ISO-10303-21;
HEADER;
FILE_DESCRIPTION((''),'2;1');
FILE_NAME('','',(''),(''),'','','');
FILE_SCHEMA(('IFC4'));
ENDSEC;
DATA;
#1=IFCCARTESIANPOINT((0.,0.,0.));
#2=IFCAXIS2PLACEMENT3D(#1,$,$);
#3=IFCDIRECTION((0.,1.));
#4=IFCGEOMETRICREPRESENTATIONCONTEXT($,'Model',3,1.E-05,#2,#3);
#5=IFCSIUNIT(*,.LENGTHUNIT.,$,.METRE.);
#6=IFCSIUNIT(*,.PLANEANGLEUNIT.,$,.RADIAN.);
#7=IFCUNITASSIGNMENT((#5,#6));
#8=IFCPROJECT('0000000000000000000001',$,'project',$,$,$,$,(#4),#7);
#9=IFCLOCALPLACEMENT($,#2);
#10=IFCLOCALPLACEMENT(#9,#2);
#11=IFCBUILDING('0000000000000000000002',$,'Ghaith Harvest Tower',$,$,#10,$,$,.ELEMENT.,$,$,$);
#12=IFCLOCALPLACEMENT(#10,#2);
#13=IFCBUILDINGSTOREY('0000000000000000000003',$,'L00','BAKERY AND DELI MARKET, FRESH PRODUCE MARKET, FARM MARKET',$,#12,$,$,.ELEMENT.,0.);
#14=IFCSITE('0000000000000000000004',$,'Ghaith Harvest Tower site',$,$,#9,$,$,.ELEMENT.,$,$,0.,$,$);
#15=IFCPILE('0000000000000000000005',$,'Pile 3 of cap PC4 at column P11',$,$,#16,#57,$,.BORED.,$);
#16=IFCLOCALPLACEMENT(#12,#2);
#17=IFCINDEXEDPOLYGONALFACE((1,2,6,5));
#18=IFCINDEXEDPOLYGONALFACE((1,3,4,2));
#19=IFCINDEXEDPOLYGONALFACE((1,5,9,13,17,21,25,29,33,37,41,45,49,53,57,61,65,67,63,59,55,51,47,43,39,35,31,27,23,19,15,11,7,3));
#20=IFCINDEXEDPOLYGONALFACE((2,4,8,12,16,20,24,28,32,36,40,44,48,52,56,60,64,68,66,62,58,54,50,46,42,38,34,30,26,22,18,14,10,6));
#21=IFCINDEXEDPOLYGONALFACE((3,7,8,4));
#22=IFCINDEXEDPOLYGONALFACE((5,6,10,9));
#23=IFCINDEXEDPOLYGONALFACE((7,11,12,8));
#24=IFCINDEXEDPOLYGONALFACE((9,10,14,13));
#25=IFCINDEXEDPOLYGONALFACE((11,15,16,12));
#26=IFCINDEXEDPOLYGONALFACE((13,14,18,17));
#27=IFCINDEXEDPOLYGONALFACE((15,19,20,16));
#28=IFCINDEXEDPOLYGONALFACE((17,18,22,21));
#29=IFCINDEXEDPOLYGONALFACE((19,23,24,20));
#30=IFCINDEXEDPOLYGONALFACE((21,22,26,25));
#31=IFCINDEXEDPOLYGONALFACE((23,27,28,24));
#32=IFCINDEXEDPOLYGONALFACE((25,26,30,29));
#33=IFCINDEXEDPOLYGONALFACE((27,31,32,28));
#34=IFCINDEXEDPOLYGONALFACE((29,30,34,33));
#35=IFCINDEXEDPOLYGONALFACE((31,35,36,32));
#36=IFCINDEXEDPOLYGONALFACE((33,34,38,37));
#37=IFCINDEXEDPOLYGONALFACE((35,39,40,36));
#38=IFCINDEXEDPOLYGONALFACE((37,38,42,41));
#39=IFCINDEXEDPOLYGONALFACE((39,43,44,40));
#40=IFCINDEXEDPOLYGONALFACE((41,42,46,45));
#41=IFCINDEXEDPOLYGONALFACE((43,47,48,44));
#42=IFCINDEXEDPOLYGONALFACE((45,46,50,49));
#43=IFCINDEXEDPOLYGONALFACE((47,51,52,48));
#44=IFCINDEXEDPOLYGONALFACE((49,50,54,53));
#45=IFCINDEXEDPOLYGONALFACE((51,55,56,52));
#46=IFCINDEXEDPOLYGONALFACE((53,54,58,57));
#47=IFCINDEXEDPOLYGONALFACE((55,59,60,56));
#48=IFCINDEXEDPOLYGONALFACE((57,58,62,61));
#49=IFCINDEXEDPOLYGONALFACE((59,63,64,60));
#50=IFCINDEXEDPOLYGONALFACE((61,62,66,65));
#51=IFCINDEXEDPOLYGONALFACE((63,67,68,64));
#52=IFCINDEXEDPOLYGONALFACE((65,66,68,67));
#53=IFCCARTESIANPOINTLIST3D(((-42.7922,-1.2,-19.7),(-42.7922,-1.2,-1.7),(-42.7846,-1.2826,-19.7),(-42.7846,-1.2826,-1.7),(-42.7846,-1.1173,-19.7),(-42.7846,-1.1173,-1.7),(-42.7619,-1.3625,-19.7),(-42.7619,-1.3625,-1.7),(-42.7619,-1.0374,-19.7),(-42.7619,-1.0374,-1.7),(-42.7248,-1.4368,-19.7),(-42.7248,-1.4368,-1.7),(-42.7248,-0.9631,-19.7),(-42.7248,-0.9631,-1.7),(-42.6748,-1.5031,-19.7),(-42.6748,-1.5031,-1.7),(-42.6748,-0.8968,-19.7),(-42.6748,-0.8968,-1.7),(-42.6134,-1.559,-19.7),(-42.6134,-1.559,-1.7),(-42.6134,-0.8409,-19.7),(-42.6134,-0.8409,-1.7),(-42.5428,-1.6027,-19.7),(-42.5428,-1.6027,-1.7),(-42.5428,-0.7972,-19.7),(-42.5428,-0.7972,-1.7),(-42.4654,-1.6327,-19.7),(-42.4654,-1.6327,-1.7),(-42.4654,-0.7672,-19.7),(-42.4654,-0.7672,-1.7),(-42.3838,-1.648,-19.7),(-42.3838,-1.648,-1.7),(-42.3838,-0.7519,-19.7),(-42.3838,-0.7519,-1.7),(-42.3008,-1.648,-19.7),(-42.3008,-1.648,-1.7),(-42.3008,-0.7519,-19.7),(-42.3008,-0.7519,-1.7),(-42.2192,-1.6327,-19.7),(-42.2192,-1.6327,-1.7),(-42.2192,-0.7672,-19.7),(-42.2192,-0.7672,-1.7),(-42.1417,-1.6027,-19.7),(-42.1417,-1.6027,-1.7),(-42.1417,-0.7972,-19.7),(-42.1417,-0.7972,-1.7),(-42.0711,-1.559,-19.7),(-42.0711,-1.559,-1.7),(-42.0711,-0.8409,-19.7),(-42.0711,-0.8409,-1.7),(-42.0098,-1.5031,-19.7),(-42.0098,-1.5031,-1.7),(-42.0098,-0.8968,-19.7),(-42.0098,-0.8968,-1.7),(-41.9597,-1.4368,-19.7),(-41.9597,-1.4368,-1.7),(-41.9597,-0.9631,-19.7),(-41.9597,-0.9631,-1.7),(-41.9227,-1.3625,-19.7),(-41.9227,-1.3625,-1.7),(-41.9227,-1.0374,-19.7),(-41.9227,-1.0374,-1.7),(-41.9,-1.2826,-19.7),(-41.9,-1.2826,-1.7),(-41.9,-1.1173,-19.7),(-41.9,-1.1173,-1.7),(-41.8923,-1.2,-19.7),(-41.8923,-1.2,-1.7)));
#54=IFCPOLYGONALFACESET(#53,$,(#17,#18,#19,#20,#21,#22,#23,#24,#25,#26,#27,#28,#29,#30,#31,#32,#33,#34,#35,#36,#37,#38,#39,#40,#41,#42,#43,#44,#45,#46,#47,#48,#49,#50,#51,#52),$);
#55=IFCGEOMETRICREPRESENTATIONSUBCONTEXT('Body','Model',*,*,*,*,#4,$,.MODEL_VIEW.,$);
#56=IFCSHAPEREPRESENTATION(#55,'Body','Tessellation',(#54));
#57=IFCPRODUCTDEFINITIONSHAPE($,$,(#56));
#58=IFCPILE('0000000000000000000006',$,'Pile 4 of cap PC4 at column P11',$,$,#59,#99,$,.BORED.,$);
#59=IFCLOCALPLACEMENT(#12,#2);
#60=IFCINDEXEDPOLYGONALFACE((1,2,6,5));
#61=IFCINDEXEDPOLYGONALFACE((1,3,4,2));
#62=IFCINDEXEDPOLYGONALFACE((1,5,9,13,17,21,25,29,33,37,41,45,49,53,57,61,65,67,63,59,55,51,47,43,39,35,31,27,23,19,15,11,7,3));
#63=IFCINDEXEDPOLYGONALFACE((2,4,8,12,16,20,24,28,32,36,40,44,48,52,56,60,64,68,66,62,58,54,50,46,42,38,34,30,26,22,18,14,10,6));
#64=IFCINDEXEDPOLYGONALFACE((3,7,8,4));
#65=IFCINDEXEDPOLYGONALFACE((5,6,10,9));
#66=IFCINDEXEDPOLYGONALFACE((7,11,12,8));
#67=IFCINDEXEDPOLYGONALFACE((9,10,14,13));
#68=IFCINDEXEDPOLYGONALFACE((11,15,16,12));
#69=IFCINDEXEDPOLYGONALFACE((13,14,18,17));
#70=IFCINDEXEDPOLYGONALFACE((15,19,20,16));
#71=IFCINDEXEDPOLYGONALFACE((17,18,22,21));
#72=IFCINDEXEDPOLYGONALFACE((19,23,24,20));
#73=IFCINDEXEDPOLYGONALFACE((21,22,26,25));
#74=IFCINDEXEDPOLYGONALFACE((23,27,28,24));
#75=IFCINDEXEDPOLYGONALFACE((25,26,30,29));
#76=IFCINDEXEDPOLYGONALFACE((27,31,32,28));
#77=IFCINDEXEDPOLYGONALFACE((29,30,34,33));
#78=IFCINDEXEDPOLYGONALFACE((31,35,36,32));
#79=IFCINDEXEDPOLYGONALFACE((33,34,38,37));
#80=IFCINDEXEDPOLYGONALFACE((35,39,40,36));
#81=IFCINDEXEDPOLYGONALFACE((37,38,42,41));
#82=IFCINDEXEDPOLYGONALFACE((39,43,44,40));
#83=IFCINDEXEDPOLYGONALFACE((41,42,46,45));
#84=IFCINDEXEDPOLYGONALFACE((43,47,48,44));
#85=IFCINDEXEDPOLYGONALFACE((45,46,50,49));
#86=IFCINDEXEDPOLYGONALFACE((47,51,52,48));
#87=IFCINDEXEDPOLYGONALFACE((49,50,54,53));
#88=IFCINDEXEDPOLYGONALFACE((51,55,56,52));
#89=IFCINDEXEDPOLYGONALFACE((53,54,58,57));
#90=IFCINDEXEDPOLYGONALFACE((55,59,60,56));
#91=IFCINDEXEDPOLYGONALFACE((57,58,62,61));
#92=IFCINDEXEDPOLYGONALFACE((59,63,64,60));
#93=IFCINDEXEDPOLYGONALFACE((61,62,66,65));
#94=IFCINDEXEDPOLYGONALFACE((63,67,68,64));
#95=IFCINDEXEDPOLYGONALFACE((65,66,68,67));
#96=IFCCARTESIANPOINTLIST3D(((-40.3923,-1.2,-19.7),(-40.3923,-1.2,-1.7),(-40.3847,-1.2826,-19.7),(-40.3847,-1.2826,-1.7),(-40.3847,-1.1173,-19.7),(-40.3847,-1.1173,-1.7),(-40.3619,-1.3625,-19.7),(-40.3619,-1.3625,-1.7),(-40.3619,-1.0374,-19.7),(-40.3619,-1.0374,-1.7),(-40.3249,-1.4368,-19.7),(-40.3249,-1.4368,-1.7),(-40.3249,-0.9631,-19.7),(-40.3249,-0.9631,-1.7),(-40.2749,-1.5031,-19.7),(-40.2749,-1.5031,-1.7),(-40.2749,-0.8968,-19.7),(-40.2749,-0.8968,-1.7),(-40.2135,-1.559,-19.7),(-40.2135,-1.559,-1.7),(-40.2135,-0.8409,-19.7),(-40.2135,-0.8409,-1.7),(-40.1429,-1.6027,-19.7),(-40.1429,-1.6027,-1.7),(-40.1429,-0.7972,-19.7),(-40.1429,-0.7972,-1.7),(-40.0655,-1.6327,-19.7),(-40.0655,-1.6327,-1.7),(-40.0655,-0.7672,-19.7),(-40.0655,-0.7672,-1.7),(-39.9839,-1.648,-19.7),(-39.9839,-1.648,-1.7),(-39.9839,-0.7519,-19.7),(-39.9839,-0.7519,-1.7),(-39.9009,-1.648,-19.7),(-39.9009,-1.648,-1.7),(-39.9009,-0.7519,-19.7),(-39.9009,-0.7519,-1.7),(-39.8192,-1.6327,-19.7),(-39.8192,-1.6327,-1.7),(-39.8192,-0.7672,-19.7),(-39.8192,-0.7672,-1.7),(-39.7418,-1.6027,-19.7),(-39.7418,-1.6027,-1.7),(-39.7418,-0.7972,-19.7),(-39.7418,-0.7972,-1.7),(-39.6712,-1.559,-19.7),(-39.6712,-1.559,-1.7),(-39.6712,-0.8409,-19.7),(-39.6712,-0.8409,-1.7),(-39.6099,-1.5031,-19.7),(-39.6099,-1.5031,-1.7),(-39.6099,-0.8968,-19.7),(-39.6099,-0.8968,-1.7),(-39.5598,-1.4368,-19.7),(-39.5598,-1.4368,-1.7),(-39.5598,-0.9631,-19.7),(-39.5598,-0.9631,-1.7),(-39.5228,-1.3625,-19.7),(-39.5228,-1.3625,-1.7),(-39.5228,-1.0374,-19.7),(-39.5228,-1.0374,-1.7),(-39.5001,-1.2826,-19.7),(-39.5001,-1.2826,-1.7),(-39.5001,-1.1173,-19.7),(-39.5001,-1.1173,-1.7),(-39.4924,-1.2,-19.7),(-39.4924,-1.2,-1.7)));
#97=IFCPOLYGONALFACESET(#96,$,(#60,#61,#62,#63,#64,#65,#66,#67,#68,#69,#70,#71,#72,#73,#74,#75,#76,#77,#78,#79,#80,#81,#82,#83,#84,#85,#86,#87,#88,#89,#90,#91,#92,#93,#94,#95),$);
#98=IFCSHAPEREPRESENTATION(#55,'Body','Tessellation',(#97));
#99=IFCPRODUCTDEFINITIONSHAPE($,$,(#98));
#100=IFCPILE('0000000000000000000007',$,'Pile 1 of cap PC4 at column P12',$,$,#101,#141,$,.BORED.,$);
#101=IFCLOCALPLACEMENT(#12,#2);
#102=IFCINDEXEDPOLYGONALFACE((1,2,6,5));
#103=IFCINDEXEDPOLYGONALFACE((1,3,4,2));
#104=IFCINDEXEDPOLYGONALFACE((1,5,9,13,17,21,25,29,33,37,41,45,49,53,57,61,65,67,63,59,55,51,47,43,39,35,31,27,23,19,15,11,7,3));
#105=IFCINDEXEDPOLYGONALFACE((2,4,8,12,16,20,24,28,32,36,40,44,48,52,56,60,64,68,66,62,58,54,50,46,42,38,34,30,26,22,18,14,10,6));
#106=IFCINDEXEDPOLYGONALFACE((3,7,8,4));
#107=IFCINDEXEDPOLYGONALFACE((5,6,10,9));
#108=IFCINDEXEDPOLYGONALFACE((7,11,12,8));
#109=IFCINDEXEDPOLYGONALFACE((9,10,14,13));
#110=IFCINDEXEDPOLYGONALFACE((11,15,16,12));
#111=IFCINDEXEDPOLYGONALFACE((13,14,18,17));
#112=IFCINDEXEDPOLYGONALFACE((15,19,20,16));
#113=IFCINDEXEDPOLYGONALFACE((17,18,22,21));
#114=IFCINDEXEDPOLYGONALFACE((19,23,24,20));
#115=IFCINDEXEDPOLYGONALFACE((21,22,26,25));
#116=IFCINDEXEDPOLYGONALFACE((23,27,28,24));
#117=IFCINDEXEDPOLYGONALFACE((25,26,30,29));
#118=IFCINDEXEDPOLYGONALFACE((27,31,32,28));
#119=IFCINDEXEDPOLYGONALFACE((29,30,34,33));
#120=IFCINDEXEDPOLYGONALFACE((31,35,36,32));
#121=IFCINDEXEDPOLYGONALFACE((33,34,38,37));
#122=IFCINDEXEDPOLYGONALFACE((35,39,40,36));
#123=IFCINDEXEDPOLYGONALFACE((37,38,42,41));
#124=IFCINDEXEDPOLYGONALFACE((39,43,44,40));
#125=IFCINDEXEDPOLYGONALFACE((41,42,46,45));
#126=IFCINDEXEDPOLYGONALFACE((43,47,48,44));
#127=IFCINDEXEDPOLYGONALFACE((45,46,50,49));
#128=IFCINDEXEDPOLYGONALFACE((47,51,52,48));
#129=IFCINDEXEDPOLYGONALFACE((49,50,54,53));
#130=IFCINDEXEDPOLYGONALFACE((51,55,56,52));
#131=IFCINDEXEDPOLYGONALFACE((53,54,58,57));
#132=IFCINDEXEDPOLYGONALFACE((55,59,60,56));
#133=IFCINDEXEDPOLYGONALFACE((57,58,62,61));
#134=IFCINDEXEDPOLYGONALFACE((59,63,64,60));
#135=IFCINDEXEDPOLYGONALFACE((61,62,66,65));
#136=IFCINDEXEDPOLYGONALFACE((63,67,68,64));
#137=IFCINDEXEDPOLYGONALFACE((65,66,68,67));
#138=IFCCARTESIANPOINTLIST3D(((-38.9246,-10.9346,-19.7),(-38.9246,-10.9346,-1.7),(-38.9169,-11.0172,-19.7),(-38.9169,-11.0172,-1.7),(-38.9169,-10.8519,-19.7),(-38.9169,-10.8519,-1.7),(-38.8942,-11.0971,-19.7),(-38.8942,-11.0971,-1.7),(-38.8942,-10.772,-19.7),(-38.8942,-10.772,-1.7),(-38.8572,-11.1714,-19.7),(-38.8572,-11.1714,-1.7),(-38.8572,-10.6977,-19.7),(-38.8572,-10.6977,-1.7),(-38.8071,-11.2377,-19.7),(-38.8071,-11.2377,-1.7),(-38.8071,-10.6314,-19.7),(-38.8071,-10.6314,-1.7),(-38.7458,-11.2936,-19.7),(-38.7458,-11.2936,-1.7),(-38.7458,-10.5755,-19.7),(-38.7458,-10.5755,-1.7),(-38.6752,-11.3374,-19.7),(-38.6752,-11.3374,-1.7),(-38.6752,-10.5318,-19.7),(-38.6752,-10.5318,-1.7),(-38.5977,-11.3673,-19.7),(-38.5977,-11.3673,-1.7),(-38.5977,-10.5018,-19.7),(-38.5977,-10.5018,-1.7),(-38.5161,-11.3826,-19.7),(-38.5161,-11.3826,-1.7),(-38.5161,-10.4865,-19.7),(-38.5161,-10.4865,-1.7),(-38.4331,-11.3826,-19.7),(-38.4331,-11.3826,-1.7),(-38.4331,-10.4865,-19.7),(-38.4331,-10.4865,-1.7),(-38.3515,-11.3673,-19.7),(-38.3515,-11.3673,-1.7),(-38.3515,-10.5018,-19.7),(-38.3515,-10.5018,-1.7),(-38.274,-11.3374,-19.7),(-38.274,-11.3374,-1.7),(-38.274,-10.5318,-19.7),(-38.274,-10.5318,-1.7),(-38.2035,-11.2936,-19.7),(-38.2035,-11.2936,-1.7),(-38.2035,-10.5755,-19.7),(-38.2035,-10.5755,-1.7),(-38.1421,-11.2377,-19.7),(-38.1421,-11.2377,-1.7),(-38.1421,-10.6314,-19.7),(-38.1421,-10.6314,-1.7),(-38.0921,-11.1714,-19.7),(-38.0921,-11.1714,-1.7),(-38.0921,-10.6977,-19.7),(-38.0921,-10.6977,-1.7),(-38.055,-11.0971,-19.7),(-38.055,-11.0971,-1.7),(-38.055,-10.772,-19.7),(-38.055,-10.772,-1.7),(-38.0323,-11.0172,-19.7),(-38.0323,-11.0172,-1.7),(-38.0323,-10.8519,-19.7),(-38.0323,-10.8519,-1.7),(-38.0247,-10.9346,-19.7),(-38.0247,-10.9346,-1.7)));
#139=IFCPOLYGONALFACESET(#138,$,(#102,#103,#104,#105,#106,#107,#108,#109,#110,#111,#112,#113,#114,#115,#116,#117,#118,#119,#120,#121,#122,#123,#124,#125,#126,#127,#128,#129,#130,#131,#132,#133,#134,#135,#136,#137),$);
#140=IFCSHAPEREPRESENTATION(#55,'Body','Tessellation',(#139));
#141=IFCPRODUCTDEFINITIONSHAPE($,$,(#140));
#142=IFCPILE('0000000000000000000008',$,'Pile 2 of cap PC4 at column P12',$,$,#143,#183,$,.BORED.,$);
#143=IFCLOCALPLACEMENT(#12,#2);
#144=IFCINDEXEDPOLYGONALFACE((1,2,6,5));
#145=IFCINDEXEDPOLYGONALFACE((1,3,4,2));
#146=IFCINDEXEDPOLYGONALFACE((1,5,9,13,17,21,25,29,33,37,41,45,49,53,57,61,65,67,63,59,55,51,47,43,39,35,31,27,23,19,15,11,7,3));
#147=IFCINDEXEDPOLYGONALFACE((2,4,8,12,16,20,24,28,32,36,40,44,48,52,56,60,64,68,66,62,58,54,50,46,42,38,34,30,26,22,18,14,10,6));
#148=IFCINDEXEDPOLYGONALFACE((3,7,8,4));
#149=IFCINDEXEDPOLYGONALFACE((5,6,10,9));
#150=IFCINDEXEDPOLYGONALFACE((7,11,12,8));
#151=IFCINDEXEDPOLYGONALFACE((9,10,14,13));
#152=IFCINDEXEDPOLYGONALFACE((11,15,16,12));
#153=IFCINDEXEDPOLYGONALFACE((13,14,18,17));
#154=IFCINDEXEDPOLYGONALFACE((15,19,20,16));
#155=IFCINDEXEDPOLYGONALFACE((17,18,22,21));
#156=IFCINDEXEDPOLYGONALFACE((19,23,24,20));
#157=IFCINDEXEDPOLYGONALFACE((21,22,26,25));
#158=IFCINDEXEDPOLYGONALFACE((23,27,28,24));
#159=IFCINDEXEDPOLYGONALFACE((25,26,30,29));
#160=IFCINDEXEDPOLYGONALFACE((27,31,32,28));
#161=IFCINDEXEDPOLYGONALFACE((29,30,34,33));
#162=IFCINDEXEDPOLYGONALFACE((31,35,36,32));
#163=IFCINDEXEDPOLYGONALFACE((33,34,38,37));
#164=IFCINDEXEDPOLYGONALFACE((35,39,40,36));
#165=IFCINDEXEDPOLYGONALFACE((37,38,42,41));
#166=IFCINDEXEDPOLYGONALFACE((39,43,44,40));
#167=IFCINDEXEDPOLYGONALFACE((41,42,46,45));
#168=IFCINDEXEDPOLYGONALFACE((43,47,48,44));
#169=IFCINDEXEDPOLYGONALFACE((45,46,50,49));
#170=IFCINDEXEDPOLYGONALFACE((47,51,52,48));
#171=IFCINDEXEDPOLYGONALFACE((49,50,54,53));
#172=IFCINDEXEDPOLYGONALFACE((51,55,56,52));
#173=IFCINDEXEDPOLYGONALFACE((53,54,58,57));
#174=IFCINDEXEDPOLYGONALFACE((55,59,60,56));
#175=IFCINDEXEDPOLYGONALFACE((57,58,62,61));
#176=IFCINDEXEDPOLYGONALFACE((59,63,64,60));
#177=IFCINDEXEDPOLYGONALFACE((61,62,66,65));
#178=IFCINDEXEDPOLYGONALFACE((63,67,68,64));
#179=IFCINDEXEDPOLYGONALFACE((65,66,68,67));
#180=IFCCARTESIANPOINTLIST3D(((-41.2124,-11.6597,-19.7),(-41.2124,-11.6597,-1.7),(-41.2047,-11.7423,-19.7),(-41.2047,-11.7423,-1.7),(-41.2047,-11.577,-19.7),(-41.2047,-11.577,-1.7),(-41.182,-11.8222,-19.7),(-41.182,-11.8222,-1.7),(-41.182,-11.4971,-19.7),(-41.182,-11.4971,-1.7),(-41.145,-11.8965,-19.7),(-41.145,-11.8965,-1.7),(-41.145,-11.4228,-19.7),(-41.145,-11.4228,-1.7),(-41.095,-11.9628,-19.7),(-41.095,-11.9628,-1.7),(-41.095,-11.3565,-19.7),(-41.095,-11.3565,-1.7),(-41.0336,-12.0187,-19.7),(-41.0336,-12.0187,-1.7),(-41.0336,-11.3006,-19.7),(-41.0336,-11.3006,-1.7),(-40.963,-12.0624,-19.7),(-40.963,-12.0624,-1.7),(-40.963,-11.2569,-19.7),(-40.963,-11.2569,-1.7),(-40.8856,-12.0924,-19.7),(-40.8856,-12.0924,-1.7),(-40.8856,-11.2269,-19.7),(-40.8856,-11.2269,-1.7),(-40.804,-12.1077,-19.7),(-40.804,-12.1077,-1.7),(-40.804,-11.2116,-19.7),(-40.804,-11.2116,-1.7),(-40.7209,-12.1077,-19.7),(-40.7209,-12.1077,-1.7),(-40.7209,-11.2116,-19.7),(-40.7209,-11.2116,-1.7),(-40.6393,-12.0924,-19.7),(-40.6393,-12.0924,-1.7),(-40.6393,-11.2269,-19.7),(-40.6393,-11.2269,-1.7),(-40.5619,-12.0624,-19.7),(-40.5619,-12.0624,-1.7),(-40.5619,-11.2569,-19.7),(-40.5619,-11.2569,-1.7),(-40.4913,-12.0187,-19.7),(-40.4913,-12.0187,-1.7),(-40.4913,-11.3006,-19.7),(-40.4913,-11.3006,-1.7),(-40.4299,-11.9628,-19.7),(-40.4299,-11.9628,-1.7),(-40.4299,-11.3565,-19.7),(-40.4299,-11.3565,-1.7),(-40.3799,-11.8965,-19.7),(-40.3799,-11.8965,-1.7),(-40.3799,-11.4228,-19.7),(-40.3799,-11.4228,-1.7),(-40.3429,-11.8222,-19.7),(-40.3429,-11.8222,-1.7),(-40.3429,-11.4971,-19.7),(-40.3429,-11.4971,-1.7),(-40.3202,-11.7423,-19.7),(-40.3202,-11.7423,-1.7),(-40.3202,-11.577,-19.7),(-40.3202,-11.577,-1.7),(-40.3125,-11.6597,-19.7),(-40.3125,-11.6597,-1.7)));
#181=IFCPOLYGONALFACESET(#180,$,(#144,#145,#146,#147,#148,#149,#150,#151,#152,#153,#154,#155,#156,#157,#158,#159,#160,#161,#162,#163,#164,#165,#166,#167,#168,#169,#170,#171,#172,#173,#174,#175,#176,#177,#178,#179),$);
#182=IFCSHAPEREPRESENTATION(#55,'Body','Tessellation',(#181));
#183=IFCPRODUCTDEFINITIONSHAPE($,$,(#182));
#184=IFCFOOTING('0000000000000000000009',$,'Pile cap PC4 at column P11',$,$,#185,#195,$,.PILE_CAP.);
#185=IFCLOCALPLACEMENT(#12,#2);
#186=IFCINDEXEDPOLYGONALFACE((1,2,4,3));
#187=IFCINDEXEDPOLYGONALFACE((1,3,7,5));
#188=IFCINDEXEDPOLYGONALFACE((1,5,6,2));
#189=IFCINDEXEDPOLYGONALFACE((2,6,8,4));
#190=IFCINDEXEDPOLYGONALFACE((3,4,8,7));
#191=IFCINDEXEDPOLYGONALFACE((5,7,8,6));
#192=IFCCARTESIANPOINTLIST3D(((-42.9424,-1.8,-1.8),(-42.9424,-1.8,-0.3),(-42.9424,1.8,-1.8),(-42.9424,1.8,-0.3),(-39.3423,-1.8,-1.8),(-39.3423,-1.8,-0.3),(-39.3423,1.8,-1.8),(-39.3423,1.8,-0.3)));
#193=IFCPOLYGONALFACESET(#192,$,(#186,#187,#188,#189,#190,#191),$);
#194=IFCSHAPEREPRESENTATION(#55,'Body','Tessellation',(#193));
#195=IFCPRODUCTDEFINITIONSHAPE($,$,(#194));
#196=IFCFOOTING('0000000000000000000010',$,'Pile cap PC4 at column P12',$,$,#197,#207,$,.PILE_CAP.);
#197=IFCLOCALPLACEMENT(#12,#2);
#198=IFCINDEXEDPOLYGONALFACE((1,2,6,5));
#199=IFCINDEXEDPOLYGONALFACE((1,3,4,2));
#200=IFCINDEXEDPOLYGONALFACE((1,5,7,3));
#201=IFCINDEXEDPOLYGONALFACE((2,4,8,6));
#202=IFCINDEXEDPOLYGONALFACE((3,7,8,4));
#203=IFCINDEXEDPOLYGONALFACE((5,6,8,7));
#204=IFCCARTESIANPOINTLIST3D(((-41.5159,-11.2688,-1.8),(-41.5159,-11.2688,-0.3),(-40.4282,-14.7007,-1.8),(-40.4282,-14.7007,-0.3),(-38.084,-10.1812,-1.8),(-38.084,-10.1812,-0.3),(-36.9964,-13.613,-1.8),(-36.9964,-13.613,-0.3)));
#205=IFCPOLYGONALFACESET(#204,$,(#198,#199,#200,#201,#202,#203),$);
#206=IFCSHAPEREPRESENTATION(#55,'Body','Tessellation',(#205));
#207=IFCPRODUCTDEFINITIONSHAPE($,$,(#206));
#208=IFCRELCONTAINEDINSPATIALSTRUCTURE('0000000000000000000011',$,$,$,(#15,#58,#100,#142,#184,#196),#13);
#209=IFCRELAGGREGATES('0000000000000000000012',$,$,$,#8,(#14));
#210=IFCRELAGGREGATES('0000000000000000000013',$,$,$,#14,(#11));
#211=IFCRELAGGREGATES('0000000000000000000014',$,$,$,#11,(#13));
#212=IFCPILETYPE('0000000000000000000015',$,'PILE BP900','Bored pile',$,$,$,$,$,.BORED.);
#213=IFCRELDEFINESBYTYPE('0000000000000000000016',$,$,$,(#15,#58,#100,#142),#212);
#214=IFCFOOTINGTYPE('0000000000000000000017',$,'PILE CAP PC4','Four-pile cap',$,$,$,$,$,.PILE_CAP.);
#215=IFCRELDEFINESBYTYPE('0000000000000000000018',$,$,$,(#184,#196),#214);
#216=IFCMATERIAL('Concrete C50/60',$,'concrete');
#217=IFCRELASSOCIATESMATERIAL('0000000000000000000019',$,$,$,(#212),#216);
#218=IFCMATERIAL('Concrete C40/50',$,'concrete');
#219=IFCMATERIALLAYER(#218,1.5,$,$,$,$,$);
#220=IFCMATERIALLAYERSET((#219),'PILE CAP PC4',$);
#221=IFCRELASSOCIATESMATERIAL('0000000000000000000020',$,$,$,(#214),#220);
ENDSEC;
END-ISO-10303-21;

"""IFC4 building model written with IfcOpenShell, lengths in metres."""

from ifc_helpers import new_model, si_unit, direction, frame, origin, origin_2d, place, context, subcontext, project, spatial, rectangle, circle, extrude, material, layer, layer_set, material_profile, profile_set, type_object, element, save


model = new_model("IFC4")

# Units and contexts
model_context = context("Model", 3, precision=1e-05, world=origin(), true_north=direction((0.0, 1.0)))
body_context = subcontext(model_context, "Body", "Model", "MODEL_VIEW")
ifc_project = project(units=[si_unit("LENGTHUNIT", "METRE"), si_unit("PLANEANGLEUNIT", "RADIAN")], contexts=[model_context])

# Site, building, storey
site_placement = place(None, origin())
site = spatial("IfcSite", under=ifc_project, at=site_placement, Name="Ghaith Harvest Tower site", CompositionType="ELEMENT", RefElevation=0.0)
building_placement = place(site_placement, origin())
building = spatial("IfcBuilding", under=site, at=building_placement, Name="Ghaith Harvest Tower", CompositionType="ELEMENT")
storey_placement = place(building_placement, origin())
storey = spatial("IfcBuildingStorey", under=building, at=storey_placement, Name="L00", Description="BAKERY AND DELI MARKET, FRESH PRODUCE MARKET, FARM MARKET", CompositionType="ELEMENT", Elevation=0.0)

# Piles
ifc_material_1 = material(Name="Concrete C50/60", Category="concrete")
ifc_material_profile_1 = material_profile(ifc_material_1, circle(Radius=0.45, at=origin_2d()), Name="PILE900")
ifc_profile_set_1 = profile_set([ifc_material_profile_1], Name="Concrete C50/60")
pile_type = type_object("IfcPileType", Name="PILE BP900", Description="Bored pile", PredefinedType="BORED", material=ifc_profile_set_1)
for number, where, z_axis, x_axis, name in (
    (1, (-42.3423, -1.2, -1.7), (0.0, 0.0, -1.0), (1.0, 0.0, 0.0), "Pile 3 of cap PC4 at column P11"),
    (2, (-39.9424, -1.2, -1.7), (0.0, 0.0, -1.0), (1.0, 0.0, 0.0), "Pile 4 of cap PC4 at column P11"),
    (3, (-38.4746, -10.9346, -1.7), (0.0, 0.0, -1.0), (1.0, 0.0, 0.0), "Pile 1 of cap PC4 at column P12"),
    (4, (-40.7625, -11.6597, -1.7), (0.0, 0.0, -1.0), (1.0, 0.0, 0.0), "Pile 2 of cap PC4 at column P12"),
):
    element("IfcPile", number, at=place(storey_placement, frame(where, z_axis=z_axis, x_axis=x_axis)), inside=storey, type_object=pile_type, Name=name, PredefinedType="BORED", context=body_context, shape_type="SweptSolid", body=[
        extrude(circle(Radius=0.45, at=origin_2d()), origin(), (0.0, 0.0, 1.0), 18.0),
    ])

# Footings
ifc_material_2 = material(Name="Concrete C40/50", Category="concrete")
ifc_layer_1 = layer(ifc_material_2, 1.5)
ifc_layer_set_1 = layer_set([ifc_layer_1], Name="PILE CAP PC4")
footing_type_1 = type_object("IfcFootingType", Name="PILE CAP PC4", Description="Four-pile cap", PredefinedType="PILE_CAP", material=ifc_layer_set_1)
for number, where, z_axis, x_axis, name in (
    (5, (-41.1423, 0.0, -1.8), (0.0, 0.0, 1.0), (-1.0, 0.0, 0.0), "Pile cap PC4 at column P11"),
    (6, (-39.2561, -12.4409, -1.8), (0.0, 0.0, 1.0), (-0.953273, -0.30211, 0.0), "Pile cap PC4 at column P12"),
):
    element("IfcFooting", number, at=place(storey_placement, frame(where, z_axis=z_axis, x_axis=x_axis)), inside=storey, type_object=footing_type_1, Name=name, PredefinedType="PILE_CAP", context=body_context, shape_type="SweptSolid", body=[
        extrude(rectangle(XDim=3.6001, YDim=3.6001, at=origin_2d()), origin(), (0.0, 0.0, 1.0), 1.5),
    ])

save(model, "model.ifc")
